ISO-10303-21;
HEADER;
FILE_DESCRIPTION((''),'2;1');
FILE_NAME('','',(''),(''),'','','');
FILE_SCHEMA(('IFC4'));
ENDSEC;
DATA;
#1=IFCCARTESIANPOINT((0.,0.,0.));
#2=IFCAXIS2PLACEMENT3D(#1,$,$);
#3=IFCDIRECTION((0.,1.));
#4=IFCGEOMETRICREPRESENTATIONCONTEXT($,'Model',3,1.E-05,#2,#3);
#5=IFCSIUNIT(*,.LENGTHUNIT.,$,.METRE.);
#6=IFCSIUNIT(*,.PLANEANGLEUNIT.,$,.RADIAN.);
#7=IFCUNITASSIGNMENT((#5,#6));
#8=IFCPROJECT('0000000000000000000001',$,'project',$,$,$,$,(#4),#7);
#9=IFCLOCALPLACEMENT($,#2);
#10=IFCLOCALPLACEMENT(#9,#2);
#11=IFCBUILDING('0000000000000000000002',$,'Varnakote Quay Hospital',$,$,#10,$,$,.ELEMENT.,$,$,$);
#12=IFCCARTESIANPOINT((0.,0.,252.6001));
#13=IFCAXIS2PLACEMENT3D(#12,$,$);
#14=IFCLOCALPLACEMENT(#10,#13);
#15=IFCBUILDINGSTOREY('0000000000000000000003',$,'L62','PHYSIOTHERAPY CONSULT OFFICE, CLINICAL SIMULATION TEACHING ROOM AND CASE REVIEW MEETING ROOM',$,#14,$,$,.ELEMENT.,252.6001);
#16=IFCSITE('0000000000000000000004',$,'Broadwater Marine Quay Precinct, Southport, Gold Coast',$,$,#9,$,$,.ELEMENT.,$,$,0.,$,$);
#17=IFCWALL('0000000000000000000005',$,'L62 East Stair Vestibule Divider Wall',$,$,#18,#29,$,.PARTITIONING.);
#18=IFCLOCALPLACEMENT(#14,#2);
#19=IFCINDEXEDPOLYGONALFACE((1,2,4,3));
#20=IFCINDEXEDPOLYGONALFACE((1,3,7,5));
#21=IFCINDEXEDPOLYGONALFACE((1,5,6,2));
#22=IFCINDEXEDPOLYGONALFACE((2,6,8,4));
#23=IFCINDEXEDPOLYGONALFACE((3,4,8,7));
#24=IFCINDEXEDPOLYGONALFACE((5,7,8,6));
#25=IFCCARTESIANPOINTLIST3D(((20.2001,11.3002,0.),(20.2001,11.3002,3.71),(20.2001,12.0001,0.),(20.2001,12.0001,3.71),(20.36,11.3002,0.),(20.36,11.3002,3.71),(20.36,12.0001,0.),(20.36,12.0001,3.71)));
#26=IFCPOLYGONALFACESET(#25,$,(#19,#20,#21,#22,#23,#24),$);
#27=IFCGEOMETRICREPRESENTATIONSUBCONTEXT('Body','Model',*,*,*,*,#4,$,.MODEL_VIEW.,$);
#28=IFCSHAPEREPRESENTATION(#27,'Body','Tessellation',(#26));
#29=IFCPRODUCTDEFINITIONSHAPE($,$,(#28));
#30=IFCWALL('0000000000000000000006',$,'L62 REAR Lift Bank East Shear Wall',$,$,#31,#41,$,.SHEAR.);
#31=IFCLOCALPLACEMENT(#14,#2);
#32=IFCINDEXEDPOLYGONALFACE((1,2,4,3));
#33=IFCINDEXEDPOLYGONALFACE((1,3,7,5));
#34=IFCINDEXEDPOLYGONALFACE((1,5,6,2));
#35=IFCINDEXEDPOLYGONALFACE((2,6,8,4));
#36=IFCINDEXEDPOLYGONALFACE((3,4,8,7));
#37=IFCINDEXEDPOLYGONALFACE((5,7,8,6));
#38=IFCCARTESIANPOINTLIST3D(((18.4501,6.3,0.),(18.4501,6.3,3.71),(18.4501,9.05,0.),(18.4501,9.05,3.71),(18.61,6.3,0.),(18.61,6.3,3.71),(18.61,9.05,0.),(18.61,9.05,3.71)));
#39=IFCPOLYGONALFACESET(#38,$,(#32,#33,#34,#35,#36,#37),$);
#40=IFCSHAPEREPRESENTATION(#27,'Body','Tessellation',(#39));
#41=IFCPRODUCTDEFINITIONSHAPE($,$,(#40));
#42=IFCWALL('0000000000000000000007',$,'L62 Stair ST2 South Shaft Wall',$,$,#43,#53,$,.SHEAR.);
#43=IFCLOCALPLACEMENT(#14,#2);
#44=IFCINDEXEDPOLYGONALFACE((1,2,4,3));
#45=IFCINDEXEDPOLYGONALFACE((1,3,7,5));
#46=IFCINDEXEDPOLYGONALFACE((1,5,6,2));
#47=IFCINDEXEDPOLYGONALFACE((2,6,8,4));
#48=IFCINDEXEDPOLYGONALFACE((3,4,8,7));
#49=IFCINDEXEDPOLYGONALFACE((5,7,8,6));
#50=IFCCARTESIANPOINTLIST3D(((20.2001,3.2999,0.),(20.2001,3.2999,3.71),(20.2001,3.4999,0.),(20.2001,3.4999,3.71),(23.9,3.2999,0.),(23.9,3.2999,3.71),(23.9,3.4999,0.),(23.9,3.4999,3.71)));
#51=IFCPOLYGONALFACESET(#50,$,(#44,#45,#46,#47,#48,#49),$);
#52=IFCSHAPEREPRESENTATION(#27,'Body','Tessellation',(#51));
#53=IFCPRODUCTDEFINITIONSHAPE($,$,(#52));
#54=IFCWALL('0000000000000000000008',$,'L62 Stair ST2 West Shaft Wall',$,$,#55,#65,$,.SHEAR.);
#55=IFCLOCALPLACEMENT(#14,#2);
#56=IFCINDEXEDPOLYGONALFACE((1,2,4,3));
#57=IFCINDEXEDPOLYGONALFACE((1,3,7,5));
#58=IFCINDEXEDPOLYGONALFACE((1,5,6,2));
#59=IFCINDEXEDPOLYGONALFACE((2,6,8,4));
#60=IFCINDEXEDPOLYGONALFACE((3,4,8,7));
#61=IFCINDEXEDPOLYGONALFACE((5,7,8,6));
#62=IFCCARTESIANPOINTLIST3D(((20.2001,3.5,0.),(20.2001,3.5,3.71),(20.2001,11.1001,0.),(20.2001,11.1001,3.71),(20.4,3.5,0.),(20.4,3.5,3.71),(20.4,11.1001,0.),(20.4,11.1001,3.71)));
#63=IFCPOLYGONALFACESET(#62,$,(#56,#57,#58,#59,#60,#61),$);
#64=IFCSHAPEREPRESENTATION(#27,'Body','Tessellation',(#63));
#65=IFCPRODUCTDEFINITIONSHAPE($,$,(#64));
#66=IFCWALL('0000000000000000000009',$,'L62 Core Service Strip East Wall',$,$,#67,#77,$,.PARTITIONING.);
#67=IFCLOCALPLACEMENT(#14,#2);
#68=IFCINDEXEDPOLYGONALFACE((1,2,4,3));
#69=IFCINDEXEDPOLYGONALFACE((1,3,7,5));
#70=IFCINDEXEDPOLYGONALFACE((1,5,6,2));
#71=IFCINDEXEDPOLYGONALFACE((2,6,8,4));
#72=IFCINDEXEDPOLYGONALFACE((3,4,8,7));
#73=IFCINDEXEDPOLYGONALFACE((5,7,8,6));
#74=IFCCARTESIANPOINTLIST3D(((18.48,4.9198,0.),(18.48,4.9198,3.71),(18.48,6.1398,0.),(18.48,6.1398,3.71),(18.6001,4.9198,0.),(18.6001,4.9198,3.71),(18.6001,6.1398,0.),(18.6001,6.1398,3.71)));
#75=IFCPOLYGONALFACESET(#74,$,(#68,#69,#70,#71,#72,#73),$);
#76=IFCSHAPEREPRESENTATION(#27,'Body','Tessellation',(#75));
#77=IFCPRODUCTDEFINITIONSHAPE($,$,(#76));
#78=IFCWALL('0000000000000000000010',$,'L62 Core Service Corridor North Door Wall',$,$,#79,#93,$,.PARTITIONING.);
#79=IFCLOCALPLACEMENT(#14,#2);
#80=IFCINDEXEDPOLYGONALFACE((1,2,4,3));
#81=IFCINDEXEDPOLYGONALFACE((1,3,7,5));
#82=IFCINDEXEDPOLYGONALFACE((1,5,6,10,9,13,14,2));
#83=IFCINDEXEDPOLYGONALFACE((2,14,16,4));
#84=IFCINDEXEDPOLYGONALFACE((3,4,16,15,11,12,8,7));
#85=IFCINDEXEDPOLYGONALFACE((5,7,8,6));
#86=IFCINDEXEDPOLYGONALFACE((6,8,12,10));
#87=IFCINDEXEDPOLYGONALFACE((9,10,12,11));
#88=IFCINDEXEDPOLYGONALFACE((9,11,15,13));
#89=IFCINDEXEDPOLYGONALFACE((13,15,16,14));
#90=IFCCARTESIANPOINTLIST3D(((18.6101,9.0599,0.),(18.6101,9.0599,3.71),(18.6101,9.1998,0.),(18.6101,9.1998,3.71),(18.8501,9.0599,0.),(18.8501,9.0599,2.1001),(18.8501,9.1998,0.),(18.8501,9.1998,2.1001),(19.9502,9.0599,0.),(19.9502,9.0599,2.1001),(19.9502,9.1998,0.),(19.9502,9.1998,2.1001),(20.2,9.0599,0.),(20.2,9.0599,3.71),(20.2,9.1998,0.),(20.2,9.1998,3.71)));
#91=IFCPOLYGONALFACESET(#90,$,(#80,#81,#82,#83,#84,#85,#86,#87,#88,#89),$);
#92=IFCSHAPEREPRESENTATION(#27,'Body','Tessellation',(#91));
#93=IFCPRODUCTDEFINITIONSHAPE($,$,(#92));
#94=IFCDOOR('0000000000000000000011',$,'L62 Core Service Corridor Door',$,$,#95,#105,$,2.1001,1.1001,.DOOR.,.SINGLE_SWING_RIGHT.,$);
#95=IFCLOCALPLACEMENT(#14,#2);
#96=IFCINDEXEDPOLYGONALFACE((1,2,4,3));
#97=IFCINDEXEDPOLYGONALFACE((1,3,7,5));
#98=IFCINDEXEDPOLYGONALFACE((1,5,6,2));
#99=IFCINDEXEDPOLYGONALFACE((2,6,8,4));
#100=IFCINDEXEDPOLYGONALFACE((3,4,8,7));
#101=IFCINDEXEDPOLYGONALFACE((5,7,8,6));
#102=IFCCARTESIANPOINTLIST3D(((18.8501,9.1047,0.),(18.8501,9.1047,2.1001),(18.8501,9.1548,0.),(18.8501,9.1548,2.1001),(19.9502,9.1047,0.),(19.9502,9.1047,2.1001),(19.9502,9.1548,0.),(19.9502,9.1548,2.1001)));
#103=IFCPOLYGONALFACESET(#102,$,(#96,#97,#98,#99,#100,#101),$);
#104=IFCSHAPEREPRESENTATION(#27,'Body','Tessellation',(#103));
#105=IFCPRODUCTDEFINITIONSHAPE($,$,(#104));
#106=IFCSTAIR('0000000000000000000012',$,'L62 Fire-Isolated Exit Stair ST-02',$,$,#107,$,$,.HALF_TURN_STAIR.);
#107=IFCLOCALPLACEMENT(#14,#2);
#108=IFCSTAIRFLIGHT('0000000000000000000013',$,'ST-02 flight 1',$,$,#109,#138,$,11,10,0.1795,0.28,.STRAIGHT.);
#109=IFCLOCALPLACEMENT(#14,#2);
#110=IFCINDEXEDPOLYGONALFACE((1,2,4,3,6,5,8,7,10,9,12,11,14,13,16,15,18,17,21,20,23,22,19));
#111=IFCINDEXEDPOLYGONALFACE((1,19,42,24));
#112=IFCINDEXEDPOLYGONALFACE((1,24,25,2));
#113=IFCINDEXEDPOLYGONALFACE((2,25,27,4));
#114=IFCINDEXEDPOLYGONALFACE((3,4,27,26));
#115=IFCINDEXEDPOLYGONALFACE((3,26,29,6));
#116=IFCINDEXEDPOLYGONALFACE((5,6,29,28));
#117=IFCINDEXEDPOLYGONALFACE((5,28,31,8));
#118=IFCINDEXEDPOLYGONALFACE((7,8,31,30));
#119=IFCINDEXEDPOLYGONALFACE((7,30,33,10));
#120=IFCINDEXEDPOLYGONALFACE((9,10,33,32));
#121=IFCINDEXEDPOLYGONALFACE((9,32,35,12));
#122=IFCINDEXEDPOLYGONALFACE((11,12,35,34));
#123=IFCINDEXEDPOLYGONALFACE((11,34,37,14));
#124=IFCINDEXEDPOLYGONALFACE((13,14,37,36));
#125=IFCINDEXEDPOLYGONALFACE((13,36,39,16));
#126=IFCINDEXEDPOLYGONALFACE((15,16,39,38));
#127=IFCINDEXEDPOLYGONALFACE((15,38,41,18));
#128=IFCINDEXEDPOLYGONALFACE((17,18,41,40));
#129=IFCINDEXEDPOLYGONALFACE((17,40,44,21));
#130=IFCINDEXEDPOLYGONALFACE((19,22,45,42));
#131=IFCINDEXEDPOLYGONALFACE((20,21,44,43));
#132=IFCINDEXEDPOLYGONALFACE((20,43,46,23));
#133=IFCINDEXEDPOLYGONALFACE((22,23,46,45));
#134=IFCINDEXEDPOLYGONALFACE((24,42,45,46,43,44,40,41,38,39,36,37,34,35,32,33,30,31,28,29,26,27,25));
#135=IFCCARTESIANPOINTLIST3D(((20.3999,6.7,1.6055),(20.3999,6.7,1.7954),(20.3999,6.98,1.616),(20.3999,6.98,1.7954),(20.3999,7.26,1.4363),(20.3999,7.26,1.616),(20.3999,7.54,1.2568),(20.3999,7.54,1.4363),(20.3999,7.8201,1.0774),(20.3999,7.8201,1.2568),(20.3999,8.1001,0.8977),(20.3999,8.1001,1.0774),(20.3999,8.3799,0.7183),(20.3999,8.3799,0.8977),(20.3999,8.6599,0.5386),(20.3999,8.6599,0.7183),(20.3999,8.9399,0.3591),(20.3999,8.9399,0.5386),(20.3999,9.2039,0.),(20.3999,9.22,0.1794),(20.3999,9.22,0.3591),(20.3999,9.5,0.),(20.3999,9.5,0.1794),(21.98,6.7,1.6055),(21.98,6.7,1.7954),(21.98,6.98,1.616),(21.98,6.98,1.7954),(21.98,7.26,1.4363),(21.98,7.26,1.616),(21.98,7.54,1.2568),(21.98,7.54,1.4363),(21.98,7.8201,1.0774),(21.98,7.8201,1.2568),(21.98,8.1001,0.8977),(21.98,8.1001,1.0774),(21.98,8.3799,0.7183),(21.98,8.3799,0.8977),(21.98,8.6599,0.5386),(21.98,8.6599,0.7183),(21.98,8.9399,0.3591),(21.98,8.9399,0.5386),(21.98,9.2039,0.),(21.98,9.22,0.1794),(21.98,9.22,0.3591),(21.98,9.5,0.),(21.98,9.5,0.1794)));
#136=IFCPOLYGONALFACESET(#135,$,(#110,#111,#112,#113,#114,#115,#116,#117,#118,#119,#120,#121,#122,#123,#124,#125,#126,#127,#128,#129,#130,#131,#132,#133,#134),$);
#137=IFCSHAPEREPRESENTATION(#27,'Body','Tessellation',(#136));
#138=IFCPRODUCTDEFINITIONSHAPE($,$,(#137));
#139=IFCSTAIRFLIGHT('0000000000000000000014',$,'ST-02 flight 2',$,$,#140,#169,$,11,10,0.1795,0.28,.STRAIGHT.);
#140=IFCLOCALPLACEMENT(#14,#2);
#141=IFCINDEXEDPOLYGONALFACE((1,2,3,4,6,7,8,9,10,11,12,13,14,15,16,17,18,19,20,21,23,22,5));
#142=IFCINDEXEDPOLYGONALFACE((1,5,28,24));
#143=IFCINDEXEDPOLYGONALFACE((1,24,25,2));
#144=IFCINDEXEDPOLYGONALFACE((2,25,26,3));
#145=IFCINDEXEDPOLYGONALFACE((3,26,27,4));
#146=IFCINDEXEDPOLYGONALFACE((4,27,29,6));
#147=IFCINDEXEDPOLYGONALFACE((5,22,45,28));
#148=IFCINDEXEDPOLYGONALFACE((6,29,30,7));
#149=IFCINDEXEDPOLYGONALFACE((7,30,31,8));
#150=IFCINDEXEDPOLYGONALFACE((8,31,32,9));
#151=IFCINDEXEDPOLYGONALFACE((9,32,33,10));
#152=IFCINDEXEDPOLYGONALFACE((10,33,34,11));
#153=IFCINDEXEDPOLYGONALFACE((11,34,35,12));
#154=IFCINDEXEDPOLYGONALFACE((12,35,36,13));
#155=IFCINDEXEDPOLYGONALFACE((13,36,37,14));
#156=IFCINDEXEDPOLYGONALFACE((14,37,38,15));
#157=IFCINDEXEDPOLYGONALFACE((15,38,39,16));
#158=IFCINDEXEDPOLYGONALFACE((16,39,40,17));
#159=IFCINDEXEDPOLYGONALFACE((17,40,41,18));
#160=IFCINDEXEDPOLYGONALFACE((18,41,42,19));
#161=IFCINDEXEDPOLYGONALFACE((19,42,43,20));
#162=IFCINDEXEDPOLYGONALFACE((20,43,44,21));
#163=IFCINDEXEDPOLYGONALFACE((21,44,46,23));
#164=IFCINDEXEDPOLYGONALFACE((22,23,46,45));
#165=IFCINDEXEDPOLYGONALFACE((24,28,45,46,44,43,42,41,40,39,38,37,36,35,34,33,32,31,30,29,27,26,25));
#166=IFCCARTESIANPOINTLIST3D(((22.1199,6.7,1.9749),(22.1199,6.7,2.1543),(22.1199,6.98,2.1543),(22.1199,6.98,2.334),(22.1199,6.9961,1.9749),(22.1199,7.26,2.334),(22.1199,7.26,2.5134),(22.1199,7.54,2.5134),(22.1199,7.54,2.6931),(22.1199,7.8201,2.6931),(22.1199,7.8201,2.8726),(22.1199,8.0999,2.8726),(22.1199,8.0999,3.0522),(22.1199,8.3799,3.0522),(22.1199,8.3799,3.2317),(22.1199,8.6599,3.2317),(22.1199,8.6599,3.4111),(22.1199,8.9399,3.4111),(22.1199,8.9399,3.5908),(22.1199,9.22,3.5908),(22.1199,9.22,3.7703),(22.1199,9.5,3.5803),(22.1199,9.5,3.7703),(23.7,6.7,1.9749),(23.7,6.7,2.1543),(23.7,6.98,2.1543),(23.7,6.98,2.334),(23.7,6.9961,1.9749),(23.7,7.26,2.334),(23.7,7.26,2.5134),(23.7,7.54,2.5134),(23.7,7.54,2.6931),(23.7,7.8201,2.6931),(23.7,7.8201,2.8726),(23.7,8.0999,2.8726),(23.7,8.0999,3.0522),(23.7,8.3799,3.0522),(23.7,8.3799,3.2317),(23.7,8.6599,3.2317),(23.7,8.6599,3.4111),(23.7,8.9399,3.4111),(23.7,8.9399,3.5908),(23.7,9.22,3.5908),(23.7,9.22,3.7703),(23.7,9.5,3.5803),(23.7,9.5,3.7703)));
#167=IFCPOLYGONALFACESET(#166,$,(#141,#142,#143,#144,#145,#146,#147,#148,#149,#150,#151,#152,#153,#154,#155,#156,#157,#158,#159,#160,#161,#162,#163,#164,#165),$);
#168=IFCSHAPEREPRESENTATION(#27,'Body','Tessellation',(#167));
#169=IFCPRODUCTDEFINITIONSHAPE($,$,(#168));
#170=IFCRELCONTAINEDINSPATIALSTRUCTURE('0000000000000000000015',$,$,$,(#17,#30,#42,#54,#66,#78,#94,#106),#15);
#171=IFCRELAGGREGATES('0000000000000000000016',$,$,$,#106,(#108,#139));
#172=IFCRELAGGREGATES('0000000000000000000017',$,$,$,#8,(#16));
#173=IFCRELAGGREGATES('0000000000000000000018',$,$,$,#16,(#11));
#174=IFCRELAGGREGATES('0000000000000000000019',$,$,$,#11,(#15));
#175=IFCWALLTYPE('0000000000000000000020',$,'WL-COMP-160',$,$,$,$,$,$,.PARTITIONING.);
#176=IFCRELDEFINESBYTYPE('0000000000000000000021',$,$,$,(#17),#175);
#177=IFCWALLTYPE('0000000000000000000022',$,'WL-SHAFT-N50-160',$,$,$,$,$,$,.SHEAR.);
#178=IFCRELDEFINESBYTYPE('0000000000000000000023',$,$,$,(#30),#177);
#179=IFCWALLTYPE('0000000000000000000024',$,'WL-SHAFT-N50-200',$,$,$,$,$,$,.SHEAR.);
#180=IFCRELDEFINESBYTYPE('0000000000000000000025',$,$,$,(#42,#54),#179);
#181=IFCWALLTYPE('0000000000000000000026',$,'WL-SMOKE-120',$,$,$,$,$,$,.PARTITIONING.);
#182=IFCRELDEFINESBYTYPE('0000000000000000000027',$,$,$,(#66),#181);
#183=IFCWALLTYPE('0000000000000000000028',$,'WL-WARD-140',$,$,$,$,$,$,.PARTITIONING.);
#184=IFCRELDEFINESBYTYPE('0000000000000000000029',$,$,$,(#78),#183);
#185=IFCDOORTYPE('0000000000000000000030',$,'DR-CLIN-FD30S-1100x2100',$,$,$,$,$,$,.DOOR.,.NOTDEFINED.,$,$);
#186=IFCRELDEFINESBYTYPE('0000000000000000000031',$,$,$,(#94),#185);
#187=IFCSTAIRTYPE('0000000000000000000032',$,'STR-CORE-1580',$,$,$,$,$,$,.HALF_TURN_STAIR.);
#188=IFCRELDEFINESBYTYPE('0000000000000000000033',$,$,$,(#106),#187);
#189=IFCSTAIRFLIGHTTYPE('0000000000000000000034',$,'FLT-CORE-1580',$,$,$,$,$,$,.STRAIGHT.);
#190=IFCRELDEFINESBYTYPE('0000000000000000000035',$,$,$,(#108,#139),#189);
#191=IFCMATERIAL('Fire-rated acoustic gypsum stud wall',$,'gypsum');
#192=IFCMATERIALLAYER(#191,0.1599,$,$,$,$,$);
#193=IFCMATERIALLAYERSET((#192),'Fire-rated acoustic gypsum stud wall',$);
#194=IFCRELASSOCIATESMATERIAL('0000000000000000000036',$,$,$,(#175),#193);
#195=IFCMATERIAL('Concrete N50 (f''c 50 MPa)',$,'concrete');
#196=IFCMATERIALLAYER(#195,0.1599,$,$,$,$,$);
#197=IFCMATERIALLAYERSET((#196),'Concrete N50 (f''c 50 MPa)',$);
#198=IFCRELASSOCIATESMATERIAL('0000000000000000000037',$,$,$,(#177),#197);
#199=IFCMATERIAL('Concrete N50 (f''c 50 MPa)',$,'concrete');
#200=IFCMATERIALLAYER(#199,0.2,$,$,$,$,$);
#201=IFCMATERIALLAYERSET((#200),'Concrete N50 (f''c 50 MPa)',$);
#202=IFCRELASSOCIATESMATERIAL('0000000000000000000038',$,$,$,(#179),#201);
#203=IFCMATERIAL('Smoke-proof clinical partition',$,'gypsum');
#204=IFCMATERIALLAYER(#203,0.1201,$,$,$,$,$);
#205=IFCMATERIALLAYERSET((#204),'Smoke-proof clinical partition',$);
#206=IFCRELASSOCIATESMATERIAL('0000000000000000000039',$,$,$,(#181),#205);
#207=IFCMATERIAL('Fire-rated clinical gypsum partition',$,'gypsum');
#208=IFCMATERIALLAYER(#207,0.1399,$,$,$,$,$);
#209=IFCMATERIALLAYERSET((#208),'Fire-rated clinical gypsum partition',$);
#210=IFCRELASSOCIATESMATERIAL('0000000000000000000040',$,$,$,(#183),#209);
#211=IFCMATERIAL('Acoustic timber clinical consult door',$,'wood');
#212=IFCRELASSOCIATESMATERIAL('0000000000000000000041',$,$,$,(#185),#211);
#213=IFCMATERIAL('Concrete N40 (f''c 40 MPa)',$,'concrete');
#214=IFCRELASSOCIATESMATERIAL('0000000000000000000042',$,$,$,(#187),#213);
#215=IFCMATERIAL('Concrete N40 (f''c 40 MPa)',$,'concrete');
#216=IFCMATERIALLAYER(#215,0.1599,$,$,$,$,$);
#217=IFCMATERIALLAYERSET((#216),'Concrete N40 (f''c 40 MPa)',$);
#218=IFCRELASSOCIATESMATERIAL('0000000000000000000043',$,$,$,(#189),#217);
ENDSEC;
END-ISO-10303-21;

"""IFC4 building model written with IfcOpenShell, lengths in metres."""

from ifc_helpers import new_model, si_unit, direction, frame, frame_2d, origin, place, context, subcontext, project, spatial, polyline, rectangle, outline, extrude, material, layer, layer_set, type_object, element, fill, aggregate, save


model = new_model("IFC4")

# Units and contexts
model_context = context("Model", 3, precision=1e-05, world=origin(), true_north=direction((0.0, 1.0)))
body_context = subcontext(model_context, "Body", "Model", "MODEL_VIEW")
ifc_project = project(units=[si_unit("LENGTHUNIT", "METRE"), si_unit("PLANEANGLEUNIT", "RADIAN")], contexts=[model_context])

# Site, building, storey
site_placement = place(None, origin())
site = spatial("IfcSite", under=ifc_project, at=site_placement, Name="Broadwater Marine Quay Precinct, Southport, Gold Coast", CompositionType="ELEMENT", RefElevation=0.0)
building_placement = place(site_placement, origin())
building = spatial("IfcBuilding", under=site, at=building_placement, Name="Varnakote Quay Hospital", CompositionType="ELEMENT")
storey_placement = place(building_placement, frame((0.0, 0.0, 252.6001)))
storey = spatial("IfcBuildingStorey", under=building, at=storey_placement, Name="L62", Description="PHYSIOTHERAPY CONSULT OFFICE, CLINICAL SIMULATION TEACHING ROOM AND CASE REVIEW MEETING ROOM", CompositionType="ELEMENT", Elevation=252.6001)

# Walls
ifc_material_1 = material(Name="Fire-rated acoustic gypsum stud wall", Category="gypsum")
ifc_layer_1 = layer(ifc_material_1, 0.1599)
ifc_layer_set_1 = layer_set([ifc_layer_1], Name="Fire-rated acoustic gypsum stud wall")
wall_type_1 = type_object("IfcWallType", Name="WL-COMP-160", PredefinedType="PARTITIONING", material=ifc_layer_set_1)
wall_1_placement = place(storey_placement, frame((20.28, 11.3, 0.0), z_axis=(0.0, 0.0, 1.0), x_axis=(0.0, 1.0, 0.0)))
element("IfcWall", 1, at=wall_1_placement, inside=storey, type_object=wall_type_1, Name="L62 East Stair Vestibule Divider Wall", PredefinedType="PARTITIONING", context=body_context, shape_type="SweptSolid", body=[
    extrude(rectangle(XDim=0.7, YDim=0.1599, at=frame_2d((0.3501, 0.0))), origin(), (0.0, 0.0, 1.0), 3.71),
])
ifc_material_2 = material(Name="Concrete N50 (f'c 50 MPa)", Category="concrete")
ifc_layer_2 = layer(ifc_material_2, 0.1599)
ifc_layer_set_2 = layer_set([ifc_layer_2], Name="Concrete N50 (f'c 50 MPa)")
wall_type_2 = type_object("IfcWallType", Name="WL-SHAFT-N50-160", PredefinedType="SHEAR", material=ifc_layer_set_2)
wall_2_placement = place(storey_placement, frame((18.53, 6.3, 0.0), z_axis=(0.0, 0.0, 1.0), x_axis=(0.0, 1.0, 0.0)))
element("IfcWall", 2, at=wall_2_placement, inside=storey, type_object=wall_type_2, Name="L62 REAR Lift Bank East Shear Wall", PredefinedType="SHEAR", context=body_context, shape_type="SweptSolid", body=[
    extrude(rectangle(XDim=2.75, YDim=0.1599, at=frame_2d((1.375, 0.0))), origin(), (0.0, 0.0, 1.0), 3.71),
])

# Walls
ifc_material_3 = material(Name="Concrete N50 (f'c 50 MPa)", Category="concrete")
ifc_layer_3 = layer(ifc_material_3, 0.2)
ifc_layer_set_3 = layer_set([ifc_layer_3], Name="Concrete N50 (f'c 50 MPa)")
wall_type_3 = type_object("IfcWallType", Name="WL-SHAFT-N50-200", PredefinedType="SHEAR", material=ifc_layer_set_3)
wall_3_placement = place(storey_placement, frame((20.2, 3.3999, 0.0), z_axis=(0.0, 0.0, 1.0), x_axis=(1.0, 0.0, 0.0)))
element("IfcWall", 3, at=wall_3_placement, inside=storey, type_object=wall_type_3, Name="L62 Stair ST2 South Shaft Wall", PredefinedType="SHEAR", context=body_context, shape_type="SweptSolid", body=[
    extrude(rectangle(XDim=3.7, YDim=0.2, at=frame_2d((1.8501, 0.0))), origin(), (0.0, 0.0, 1.0), 3.71),
])
wall_4_placement = place(storey_placement, frame((20.3, 3.5, 0.0), z_axis=(0.0, 0.0, 1.0), x_axis=(0.0, 1.0, 0.0)))
element("IfcWall", 4, at=wall_4_placement, inside=storey, type_object=wall_type_3, Name="L62 Stair ST2 West Shaft Wall", PredefinedType="SHEAR", context=body_context, shape_type="SweptSolid", body=[
    extrude(rectangle(XDim=7.6001, YDim=0.2, at=frame_2d((3.8, 0.0))), origin(), (0.0, 0.0, 1.0), 3.71),
])

# Wall
ifc_material_4 = material(Name="Smoke-proof clinical partition", Category="gypsum")
ifc_layer_4 = layer(ifc_material_4, 0.1201)
ifc_layer_set_4 = layer_set([ifc_layer_4], Name="Smoke-proof clinical partition")
wall_type_4 = type_object("IfcWallType", Name="WL-SMOKE-120", PredefinedType="PARTITIONING", material=ifc_layer_set_4)
wall_5_placement = place(storey_placement, frame((18.54, 4.9199, 0.0), z_axis=(0.0, 0.0, 1.0), x_axis=(0.0, 1.0, 0.0)))
element("IfcWall", 5, at=wall_5_placement, inside=storey, type_object=wall_type_4, Name="L62 Core Service Strip East Wall", PredefinedType="PARTITIONING", context=body_context, shape_type="SweptSolid", body=[
    extrude(rectangle(XDim=1.22, YDim=0.1201, at=frame_2d((0.6099, 0.0))), origin(), (0.0, 0.0, 1.0), 3.71),
])

# Wall, opening, door
ifc_material_5 = material(Name="Fire-rated clinical gypsum partition", Category="gypsum")
ifc_layer_5 = layer(ifc_material_5, 0.1399)
ifc_layer_set_5 = layer_set([ifc_layer_5], Name="Fire-rated clinical gypsum partition")
wall_type_5 = type_object("IfcWallType", Name="WL-WARD-140", PredefinedType="PARTITIONING", material=ifc_layer_set_5)
wall_6_placement = place(storey_placement, frame((18.6101, 9.1299, 0.0), z_axis=(0.0, 0.0, 1.0), x_axis=(1.0, 0.0, 0.0)))
wall_6 = element("IfcWall", 6, at=wall_6_placement, inside=storey, type_object=wall_type_5, Name="L62 Core Service Corridor North Door Wall", PredefinedType="PARTITIONING", context=body_context, shape_type="SweptSolid", body=[
    extrude(rectangle(XDim=1.5898, YDim=0.1399, at=frame_2d((0.7949, 0.0))), origin(), (0.0, 0.0, 1.0), 3.71),
])
opening_1_placement = place(wall_6_placement, frame((0.24, 0.0, 0.0)))
opening_1 = element("IfcOpeningElement", 7, at=opening_1_placement, cuts=wall_6, PredefinedType="OPENING", context=body_context, shape_type="SweptSolid", body=[
    extrude(rectangle(XDim=1.1001, YDim=2.1001, at=frame_2d((0.55, 1.05))), frame((0.0, 0.0798, 0.0), z_axis=(0.0, -1.0, 0.0), x_axis=(1.0, 0.0, 0.0)), (0.0, 0.0, 1.0), 0.1599),
])
ifc_material_6 = material(Name="Acoustic timber clinical consult door", Category="wood")
door_type_1 = type_object("IfcDoorType", Name="DR-CLIN-FD30S-1100x2100", OperationType="NOTDEFINED", PredefinedType="DOOR", material=ifc_material_6)
door_1_placement = place(opening_1_placement, origin())
door_1 = element("IfcDoor", 8, at=door_1_placement, inside=storey, type_object=door_type_1, Name="L62 Core Service Corridor Door", OperationType="SINGLE_SWING_RIGHT", OverallHeight=2.1001, OverallWidth=1.1001, PredefinedType="DOOR", context=body_context, shape_type="SweptSolid", body=[
    extrude(rectangle(XDim=1.1001, YDim=2.1001, at=frame_2d((0.55, 1.05))), frame((0.0, 0.0249, 0.0), z_axis=(0.0, -1.0, 0.0), x_axis=(1.0, 0.0, 0.0)), (0.0, 0.0, 1.0), 0.05),
])
fill(opening_1, door_1)

# Stair, stair flights
ifc_material_7 = material(Name="Concrete N40 (f'c 40 MPa)", Category="concrete")
stair_type = type_object("IfcStairType", Name="STR-CORE-1580", PredefinedType="HALF_TURN_STAIR", material=ifc_material_7)
stair_placement = place(storey_placement, origin())
stair = element("IfcStair", 9, at=stair_placement, inside=storey, type_object=stair_type, Name="L62 Fire-Isolated Exit Stair ST-02", PredefinedType="HALF_TURN_STAIR")
ifc_material_8 = material(Name="Concrete N40 (f'c 40 MPa)", Category="concrete")
ifc_layer_6 = layer(ifc_material_8, 0.1599)
ifc_layer_set_6 = layer_set([ifc_layer_6], Name="Concrete N40 (f'c 40 MPa)")
stair_flight_type = type_object("IfcStairFlightType", Name="FLT-CORE-1580", PredefinedType="STRAIGHT", material=ifc_layer_set_6)
stair_flight_1_placement = place(storey_placement, frame((21.1899, 9.5, 0.0), z_axis=(0.0, 0.0, 1.0), x_axis=(0.0, -1.0, 0.0)))
stair_flight_1 = element("IfcStairFlight", 10, at=stair_flight_1_placement, type_object=stair_flight_type, Name="ST-02 flight 1", NumberOfRisers=11, NumberOfTreads=10, PredefinedType="STRAIGHT", RiserHeight=0.1795, TreadLength=0.28, context=body_context, shape_type="SweptSolid", body=[
    extrude(outline(polyline([(0.0, 0.0), (0.0, 0.1794), (0.28, 0.1794), (0.28, 0.3591), (0.5601, 0.3591), (0.5601, 0.5386), (0.8401, 0.5386), (0.8401, 0.7183), (1.1201, 0.7183), (1.1201, 0.8977), (1.3999, 0.8977), (1.3999, 1.0774), (1.6799, 1.0774), (1.6799, 1.2568), (1.96, 1.2568), (1.96, 1.4363), (2.24, 1.4363), (2.24, 1.616), (2.52, 1.616), (2.52, 1.7954), (2.8, 1.7954), (2.8, 1.9751), (2.8, 1.6055), (0.2961, 0.0), (0.0, 0.0)])), frame((0.0, 0.79, 0.0), z_axis=(0.0, -1.0, 0.0), x_axis=(1.0, 0.0, 0.0)), (0.0, 0.0, 1.0), 1.5801),
])
stair_flight_2_placement = place(storey_placement, frame((22.9099, 6.7, 1.9749), z_axis=(0.0, 0.0, 1.0), x_axis=(0.0, 1.0, 0.0)))
stair_flight_2 = element("IfcStairFlight", 11, at=stair_flight_2_placement, type_object=stair_flight_type, Name="ST-02 flight 2", NumberOfRisers=11, NumberOfTreads=10, PredefinedType="STRAIGHT", RiserHeight=0.1795, TreadLength=0.28, context=body_context, shape_type="SweptSolid", body=[
    extrude(outline(polyline([(0.0, 0.0), (0.0, 0.1794), (0.28, 0.1794), (0.28, 0.3591), (0.5601, 0.3591), (0.5601, 0.5386), (0.8401, 0.5386), (0.8401, 0.7183), (1.1201, 0.7183), (1.1201, 0.8977), (1.3999, 0.8977), (1.3999, 1.0774), (1.6799, 1.0774), (1.6799, 1.2568), (1.96, 1.2568), (1.96, 1.4363), (2.24, 1.4363), (2.24, 1.616), (2.52, 1.616), (2.52, 1.7954), (2.8, 1.7954), (2.8, 1.9751), (2.8, 1.6055), (0.2961, 0.0), (0.0, 0.0)])), frame((0.0, 0.79, 0.0), z_axis=(0.0, -1.0, 0.0), x_axis=(1.0, 0.0, 0.0)), (0.0, 0.0, 1.0), 1.5801),
])
aggregate(stair, [stair_flight_1, stair_flight_2])

save(model, "model.ifc")
